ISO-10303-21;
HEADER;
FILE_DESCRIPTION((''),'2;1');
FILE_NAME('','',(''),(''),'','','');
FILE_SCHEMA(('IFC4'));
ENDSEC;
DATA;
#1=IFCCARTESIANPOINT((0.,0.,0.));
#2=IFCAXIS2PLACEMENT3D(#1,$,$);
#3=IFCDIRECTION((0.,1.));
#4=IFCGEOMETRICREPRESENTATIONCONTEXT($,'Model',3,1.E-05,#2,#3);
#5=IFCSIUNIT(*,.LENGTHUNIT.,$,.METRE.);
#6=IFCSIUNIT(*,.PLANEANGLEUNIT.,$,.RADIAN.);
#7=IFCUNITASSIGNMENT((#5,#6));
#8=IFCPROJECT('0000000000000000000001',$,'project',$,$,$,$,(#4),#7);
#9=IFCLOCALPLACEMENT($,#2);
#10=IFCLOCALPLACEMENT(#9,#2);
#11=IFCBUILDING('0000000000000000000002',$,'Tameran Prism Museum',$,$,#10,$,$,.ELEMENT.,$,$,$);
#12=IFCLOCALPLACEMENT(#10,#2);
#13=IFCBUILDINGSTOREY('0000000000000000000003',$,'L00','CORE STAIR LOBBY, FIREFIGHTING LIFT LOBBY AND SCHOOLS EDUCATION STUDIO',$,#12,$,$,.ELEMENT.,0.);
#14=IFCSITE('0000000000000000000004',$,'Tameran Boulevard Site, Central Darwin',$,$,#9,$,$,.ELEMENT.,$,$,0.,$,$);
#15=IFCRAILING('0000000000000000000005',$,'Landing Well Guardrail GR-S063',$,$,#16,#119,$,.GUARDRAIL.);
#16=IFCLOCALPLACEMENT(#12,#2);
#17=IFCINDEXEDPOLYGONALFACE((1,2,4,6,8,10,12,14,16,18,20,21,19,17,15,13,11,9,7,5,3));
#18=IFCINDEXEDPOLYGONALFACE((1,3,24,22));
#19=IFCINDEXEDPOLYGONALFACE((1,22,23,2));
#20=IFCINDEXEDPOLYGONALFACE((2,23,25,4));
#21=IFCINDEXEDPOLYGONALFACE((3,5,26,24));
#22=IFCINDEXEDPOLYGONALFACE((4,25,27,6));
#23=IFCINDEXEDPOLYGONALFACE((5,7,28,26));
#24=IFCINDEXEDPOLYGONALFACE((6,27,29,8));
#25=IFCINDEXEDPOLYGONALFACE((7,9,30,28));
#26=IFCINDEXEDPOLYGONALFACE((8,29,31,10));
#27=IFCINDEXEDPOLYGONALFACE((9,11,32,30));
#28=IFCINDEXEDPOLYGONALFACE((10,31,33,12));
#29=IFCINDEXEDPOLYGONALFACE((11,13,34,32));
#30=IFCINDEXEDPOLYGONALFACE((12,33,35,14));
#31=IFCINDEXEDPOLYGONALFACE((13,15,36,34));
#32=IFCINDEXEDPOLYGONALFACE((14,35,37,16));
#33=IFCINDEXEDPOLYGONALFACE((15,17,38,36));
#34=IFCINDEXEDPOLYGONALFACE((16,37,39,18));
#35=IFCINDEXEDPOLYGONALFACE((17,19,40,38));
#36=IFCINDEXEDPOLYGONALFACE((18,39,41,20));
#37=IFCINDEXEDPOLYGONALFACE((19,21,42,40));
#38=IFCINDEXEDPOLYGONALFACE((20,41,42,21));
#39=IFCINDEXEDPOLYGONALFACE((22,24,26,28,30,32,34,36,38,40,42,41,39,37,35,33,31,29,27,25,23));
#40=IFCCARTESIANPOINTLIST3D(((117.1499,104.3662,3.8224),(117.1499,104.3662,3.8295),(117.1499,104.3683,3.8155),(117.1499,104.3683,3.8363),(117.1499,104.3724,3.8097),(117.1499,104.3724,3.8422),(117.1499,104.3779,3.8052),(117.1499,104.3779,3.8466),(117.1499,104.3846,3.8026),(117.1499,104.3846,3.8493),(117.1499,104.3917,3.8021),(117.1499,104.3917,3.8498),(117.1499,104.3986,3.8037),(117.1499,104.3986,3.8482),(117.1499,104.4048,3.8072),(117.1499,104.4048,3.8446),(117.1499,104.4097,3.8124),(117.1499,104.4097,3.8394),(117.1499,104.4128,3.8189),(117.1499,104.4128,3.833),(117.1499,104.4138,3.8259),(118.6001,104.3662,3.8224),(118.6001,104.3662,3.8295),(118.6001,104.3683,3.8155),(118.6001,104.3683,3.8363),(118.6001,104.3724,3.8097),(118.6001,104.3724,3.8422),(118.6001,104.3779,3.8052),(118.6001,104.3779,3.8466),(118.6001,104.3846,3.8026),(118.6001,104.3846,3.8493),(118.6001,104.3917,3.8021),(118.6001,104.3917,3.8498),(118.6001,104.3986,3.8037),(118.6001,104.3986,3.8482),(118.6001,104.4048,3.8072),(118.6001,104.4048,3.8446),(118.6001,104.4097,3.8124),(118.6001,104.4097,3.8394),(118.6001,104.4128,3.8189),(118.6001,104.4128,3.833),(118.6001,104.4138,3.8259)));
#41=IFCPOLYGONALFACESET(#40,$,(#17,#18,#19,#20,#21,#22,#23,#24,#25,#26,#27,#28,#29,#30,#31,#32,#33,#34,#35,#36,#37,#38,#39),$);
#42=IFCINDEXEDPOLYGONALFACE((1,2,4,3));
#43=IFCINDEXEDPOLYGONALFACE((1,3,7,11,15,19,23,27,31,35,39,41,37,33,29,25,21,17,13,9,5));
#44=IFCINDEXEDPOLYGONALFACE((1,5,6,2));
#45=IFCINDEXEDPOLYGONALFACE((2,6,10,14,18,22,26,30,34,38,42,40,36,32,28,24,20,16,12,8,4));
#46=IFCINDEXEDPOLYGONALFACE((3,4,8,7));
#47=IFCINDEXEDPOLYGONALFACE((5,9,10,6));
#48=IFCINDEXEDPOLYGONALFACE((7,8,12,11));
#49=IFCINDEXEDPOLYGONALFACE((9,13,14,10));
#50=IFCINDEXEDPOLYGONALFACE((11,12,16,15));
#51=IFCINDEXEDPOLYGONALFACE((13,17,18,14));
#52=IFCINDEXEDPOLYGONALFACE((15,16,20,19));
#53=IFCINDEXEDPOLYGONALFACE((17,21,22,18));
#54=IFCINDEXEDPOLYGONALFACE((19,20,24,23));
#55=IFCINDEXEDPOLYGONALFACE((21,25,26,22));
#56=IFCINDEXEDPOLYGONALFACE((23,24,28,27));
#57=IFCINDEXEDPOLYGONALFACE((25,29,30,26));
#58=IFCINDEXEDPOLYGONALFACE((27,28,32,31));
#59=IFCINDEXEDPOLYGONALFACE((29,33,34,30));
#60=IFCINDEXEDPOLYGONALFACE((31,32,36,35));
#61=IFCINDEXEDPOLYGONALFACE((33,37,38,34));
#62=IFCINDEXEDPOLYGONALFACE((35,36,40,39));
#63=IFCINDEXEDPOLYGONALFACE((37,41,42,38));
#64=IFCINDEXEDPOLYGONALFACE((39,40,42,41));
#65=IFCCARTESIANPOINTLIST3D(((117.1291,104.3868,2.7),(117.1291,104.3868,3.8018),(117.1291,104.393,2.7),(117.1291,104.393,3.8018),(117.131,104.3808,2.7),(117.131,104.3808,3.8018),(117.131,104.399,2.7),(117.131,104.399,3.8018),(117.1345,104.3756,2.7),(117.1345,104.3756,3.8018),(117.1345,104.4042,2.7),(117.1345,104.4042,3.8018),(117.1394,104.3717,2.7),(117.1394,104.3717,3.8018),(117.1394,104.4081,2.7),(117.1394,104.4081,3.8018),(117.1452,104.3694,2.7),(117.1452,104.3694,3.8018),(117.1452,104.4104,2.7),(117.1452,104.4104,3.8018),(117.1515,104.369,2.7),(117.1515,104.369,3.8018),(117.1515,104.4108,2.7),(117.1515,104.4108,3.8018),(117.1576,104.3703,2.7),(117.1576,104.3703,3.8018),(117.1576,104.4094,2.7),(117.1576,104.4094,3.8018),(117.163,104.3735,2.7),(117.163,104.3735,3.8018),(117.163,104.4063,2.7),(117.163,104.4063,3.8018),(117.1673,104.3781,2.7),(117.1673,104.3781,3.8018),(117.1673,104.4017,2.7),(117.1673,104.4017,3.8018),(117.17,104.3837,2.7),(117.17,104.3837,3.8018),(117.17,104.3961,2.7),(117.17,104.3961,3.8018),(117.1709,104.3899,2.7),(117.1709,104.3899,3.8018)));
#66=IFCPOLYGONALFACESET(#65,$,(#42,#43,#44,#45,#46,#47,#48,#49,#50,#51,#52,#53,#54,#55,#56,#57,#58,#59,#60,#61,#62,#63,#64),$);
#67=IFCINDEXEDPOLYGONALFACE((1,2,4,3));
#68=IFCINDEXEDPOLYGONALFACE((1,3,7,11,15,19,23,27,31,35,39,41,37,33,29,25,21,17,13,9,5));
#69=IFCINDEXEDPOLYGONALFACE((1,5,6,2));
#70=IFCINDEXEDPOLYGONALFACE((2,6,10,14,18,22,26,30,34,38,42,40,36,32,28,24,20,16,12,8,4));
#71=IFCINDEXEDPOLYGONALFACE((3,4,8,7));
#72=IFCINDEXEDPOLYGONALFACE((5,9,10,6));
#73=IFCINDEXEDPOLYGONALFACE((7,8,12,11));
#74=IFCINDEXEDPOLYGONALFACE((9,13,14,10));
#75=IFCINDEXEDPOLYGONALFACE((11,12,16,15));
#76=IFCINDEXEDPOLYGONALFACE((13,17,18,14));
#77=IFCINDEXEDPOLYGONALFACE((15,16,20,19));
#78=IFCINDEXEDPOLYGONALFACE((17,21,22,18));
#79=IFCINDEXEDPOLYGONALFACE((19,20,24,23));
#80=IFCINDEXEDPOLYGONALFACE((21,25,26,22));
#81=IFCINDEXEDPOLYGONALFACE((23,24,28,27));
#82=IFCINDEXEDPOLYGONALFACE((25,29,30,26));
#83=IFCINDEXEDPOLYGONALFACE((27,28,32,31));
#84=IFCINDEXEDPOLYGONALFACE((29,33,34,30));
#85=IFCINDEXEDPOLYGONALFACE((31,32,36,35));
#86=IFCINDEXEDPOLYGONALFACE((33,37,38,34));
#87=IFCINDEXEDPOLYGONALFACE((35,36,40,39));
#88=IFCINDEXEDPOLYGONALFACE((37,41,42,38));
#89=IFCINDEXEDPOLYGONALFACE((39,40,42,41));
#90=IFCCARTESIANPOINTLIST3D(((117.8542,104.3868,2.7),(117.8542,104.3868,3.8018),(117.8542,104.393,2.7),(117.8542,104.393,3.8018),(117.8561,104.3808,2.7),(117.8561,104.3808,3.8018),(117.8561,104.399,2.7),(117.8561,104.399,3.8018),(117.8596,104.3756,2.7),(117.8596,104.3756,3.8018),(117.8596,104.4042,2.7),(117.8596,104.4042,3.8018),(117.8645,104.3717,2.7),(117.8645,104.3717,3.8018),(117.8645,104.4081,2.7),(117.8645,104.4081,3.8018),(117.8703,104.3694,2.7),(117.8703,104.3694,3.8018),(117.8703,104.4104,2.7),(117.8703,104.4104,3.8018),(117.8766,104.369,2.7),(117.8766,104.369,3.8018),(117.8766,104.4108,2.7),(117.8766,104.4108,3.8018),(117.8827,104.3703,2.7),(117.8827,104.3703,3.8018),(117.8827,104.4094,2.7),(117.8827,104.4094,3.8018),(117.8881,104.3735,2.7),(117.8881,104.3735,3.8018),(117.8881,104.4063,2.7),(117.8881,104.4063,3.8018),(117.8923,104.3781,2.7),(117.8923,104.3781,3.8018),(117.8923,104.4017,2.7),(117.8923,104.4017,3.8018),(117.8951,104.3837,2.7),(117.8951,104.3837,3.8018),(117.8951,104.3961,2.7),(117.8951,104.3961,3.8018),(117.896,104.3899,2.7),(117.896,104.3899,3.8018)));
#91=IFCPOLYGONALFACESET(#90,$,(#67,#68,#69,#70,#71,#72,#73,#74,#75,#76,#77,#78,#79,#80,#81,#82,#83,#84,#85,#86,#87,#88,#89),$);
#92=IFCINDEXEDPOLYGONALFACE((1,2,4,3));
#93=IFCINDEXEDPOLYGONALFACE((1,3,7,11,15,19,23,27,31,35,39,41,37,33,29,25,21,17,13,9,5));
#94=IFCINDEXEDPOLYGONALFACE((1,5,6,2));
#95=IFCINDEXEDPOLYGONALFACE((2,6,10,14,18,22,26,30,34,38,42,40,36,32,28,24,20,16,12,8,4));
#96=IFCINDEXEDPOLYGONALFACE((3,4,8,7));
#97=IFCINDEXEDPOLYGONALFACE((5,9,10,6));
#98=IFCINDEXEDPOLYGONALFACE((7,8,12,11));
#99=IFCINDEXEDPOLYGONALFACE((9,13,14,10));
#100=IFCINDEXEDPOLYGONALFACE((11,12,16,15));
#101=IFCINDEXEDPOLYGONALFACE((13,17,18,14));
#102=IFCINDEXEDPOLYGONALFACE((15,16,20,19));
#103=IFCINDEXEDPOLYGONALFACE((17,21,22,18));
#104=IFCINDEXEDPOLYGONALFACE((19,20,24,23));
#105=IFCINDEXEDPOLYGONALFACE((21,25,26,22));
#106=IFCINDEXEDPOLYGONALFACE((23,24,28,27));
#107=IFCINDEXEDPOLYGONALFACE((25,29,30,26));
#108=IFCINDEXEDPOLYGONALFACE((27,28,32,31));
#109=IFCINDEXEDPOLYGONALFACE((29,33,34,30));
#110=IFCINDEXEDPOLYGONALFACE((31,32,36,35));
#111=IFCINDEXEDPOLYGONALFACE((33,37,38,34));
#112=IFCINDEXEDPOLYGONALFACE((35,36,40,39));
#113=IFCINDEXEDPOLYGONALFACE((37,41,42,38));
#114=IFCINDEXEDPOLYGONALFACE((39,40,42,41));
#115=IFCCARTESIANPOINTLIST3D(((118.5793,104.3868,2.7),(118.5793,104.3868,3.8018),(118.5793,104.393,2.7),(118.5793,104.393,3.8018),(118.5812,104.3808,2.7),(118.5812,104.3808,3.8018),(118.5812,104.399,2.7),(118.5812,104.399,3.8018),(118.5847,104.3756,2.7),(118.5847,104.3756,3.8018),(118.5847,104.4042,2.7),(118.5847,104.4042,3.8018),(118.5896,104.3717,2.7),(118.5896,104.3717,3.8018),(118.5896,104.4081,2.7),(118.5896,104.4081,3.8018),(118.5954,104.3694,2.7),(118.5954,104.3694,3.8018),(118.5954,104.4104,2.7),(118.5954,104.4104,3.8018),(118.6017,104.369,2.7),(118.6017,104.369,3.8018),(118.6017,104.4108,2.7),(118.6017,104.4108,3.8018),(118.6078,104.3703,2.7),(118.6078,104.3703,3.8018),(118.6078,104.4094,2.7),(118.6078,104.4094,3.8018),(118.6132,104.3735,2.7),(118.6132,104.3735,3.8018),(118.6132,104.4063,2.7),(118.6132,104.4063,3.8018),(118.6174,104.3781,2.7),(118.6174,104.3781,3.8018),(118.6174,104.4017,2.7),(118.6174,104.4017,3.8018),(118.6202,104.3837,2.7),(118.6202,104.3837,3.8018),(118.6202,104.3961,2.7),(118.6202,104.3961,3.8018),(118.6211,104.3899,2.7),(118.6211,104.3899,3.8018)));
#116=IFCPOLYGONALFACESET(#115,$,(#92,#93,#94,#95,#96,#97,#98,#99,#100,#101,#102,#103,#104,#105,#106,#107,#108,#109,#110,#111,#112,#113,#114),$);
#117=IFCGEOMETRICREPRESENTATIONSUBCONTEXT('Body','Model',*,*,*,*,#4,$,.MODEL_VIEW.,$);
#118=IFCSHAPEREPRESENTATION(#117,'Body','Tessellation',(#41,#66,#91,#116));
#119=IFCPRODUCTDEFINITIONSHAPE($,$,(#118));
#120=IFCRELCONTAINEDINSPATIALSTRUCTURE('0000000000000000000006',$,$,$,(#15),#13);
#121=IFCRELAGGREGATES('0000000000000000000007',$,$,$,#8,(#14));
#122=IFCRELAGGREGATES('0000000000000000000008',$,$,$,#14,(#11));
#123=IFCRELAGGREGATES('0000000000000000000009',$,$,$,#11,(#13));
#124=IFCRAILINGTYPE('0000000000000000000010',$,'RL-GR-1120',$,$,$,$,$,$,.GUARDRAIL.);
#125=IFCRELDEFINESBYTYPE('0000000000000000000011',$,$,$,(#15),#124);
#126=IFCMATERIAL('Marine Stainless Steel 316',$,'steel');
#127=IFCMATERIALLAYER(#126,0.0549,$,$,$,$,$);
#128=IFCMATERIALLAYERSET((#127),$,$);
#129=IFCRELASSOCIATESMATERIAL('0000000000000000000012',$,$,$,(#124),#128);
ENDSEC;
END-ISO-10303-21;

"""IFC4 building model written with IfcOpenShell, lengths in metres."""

from ifc_helpers import new_model, si_unit, direction, frame, origin, origin_2d, place, context, subcontext, project, spatial, circle, extrude, material, layer, layer_set, type_object, element, save


model = new_model("IFC4")

# Units and contexts
model_context = context("Model", 3, precision=1e-05, world=origin(), true_north=direction((0.0, 1.0)))
body_context = subcontext(model_context, "Body", "Model", "MODEL_VIEW")
ifc_project = project(units=[si_unit("LENGTHUNIT", "METRE"), si_unit("PLANEANGLEUNIT", "RADIAN")], contexts=[model_context])

# Site, building, storey
site_placement = place(None, origin())
site = spatial("IfcSite", under=ifc_project, at=site_placement, Name="Tameran Boulevard Site, Central Darwin", CompositionType="ELEMENT", RefElevation=0.0)
building_placement = place(site_placement, origin())
building = spatial("IfcBuilding", under=site, at=building_placement, Name="Tameran Prism Museum", CompositionType="ELEMENT")
storey_placement = place(building_placement, origin())
storey = spatial("IfcBuildingStorey", under=building, at=storey_placement, Name="L00", Description="CORE STAIR LOBBY, FIREFIGHTING LIFT LOBBY AND SCHOOLS EDUCATION STUDIO", CompositionType="ELEMENT", Elevation=0.0)

# Railing
ifc_material_1 = material(Name="Marine Stainless Steel 316", Category="steel")
ifc_layer_1 = layer(ifc_material_1, 0.0549)
ifc_layer_set_1 = layer_set([ifc_layer_1])
railing_type_1 = type_object("IfcRailingType", Name="RL-GR-1120", PredefinedType="GUARDRAIL", material=ifc_layer_set_1)
railing_1_placement = place(storey_placement, frame((117.1499, 104.3899, 2.7)))
element("IfcRailing", 1, at=railing_1_placement, inside=storey, type_object=railing_type_1, Name="Landing Well Guardrail GR-S063", PredefinedType="GUARDRAIL", context=body_context, shape_type="SweptSolid", body=[
    extrude(circle(Radius=0.0239, at=origin_2d()), frame((0.0, 0.0, 1.126), z_axis=(1.0, 0.0, 0.0), x_axis=(0.0, 1.0, 0.0)), (0.0, 0.0, 1.0), 1.4502),
    extrude(circle(Radius=0.021, at=origin_2d()), origin(), (0.0, 0.0, 1.0), 1.1018),
    extrude(circle(Radius=0.021, at=origin_2d()), frame((0.7251, 0.0, 0.0)), (0.0, 0.0, 1.0), 1.1018),
    extrude(circle(Radius=0.021, at=origin_2d()), frame((1.4502, 0.0, 0.0)), (0.0, 0.0, 1.0), 1.1018),
])

save(model, "model.ifc")
